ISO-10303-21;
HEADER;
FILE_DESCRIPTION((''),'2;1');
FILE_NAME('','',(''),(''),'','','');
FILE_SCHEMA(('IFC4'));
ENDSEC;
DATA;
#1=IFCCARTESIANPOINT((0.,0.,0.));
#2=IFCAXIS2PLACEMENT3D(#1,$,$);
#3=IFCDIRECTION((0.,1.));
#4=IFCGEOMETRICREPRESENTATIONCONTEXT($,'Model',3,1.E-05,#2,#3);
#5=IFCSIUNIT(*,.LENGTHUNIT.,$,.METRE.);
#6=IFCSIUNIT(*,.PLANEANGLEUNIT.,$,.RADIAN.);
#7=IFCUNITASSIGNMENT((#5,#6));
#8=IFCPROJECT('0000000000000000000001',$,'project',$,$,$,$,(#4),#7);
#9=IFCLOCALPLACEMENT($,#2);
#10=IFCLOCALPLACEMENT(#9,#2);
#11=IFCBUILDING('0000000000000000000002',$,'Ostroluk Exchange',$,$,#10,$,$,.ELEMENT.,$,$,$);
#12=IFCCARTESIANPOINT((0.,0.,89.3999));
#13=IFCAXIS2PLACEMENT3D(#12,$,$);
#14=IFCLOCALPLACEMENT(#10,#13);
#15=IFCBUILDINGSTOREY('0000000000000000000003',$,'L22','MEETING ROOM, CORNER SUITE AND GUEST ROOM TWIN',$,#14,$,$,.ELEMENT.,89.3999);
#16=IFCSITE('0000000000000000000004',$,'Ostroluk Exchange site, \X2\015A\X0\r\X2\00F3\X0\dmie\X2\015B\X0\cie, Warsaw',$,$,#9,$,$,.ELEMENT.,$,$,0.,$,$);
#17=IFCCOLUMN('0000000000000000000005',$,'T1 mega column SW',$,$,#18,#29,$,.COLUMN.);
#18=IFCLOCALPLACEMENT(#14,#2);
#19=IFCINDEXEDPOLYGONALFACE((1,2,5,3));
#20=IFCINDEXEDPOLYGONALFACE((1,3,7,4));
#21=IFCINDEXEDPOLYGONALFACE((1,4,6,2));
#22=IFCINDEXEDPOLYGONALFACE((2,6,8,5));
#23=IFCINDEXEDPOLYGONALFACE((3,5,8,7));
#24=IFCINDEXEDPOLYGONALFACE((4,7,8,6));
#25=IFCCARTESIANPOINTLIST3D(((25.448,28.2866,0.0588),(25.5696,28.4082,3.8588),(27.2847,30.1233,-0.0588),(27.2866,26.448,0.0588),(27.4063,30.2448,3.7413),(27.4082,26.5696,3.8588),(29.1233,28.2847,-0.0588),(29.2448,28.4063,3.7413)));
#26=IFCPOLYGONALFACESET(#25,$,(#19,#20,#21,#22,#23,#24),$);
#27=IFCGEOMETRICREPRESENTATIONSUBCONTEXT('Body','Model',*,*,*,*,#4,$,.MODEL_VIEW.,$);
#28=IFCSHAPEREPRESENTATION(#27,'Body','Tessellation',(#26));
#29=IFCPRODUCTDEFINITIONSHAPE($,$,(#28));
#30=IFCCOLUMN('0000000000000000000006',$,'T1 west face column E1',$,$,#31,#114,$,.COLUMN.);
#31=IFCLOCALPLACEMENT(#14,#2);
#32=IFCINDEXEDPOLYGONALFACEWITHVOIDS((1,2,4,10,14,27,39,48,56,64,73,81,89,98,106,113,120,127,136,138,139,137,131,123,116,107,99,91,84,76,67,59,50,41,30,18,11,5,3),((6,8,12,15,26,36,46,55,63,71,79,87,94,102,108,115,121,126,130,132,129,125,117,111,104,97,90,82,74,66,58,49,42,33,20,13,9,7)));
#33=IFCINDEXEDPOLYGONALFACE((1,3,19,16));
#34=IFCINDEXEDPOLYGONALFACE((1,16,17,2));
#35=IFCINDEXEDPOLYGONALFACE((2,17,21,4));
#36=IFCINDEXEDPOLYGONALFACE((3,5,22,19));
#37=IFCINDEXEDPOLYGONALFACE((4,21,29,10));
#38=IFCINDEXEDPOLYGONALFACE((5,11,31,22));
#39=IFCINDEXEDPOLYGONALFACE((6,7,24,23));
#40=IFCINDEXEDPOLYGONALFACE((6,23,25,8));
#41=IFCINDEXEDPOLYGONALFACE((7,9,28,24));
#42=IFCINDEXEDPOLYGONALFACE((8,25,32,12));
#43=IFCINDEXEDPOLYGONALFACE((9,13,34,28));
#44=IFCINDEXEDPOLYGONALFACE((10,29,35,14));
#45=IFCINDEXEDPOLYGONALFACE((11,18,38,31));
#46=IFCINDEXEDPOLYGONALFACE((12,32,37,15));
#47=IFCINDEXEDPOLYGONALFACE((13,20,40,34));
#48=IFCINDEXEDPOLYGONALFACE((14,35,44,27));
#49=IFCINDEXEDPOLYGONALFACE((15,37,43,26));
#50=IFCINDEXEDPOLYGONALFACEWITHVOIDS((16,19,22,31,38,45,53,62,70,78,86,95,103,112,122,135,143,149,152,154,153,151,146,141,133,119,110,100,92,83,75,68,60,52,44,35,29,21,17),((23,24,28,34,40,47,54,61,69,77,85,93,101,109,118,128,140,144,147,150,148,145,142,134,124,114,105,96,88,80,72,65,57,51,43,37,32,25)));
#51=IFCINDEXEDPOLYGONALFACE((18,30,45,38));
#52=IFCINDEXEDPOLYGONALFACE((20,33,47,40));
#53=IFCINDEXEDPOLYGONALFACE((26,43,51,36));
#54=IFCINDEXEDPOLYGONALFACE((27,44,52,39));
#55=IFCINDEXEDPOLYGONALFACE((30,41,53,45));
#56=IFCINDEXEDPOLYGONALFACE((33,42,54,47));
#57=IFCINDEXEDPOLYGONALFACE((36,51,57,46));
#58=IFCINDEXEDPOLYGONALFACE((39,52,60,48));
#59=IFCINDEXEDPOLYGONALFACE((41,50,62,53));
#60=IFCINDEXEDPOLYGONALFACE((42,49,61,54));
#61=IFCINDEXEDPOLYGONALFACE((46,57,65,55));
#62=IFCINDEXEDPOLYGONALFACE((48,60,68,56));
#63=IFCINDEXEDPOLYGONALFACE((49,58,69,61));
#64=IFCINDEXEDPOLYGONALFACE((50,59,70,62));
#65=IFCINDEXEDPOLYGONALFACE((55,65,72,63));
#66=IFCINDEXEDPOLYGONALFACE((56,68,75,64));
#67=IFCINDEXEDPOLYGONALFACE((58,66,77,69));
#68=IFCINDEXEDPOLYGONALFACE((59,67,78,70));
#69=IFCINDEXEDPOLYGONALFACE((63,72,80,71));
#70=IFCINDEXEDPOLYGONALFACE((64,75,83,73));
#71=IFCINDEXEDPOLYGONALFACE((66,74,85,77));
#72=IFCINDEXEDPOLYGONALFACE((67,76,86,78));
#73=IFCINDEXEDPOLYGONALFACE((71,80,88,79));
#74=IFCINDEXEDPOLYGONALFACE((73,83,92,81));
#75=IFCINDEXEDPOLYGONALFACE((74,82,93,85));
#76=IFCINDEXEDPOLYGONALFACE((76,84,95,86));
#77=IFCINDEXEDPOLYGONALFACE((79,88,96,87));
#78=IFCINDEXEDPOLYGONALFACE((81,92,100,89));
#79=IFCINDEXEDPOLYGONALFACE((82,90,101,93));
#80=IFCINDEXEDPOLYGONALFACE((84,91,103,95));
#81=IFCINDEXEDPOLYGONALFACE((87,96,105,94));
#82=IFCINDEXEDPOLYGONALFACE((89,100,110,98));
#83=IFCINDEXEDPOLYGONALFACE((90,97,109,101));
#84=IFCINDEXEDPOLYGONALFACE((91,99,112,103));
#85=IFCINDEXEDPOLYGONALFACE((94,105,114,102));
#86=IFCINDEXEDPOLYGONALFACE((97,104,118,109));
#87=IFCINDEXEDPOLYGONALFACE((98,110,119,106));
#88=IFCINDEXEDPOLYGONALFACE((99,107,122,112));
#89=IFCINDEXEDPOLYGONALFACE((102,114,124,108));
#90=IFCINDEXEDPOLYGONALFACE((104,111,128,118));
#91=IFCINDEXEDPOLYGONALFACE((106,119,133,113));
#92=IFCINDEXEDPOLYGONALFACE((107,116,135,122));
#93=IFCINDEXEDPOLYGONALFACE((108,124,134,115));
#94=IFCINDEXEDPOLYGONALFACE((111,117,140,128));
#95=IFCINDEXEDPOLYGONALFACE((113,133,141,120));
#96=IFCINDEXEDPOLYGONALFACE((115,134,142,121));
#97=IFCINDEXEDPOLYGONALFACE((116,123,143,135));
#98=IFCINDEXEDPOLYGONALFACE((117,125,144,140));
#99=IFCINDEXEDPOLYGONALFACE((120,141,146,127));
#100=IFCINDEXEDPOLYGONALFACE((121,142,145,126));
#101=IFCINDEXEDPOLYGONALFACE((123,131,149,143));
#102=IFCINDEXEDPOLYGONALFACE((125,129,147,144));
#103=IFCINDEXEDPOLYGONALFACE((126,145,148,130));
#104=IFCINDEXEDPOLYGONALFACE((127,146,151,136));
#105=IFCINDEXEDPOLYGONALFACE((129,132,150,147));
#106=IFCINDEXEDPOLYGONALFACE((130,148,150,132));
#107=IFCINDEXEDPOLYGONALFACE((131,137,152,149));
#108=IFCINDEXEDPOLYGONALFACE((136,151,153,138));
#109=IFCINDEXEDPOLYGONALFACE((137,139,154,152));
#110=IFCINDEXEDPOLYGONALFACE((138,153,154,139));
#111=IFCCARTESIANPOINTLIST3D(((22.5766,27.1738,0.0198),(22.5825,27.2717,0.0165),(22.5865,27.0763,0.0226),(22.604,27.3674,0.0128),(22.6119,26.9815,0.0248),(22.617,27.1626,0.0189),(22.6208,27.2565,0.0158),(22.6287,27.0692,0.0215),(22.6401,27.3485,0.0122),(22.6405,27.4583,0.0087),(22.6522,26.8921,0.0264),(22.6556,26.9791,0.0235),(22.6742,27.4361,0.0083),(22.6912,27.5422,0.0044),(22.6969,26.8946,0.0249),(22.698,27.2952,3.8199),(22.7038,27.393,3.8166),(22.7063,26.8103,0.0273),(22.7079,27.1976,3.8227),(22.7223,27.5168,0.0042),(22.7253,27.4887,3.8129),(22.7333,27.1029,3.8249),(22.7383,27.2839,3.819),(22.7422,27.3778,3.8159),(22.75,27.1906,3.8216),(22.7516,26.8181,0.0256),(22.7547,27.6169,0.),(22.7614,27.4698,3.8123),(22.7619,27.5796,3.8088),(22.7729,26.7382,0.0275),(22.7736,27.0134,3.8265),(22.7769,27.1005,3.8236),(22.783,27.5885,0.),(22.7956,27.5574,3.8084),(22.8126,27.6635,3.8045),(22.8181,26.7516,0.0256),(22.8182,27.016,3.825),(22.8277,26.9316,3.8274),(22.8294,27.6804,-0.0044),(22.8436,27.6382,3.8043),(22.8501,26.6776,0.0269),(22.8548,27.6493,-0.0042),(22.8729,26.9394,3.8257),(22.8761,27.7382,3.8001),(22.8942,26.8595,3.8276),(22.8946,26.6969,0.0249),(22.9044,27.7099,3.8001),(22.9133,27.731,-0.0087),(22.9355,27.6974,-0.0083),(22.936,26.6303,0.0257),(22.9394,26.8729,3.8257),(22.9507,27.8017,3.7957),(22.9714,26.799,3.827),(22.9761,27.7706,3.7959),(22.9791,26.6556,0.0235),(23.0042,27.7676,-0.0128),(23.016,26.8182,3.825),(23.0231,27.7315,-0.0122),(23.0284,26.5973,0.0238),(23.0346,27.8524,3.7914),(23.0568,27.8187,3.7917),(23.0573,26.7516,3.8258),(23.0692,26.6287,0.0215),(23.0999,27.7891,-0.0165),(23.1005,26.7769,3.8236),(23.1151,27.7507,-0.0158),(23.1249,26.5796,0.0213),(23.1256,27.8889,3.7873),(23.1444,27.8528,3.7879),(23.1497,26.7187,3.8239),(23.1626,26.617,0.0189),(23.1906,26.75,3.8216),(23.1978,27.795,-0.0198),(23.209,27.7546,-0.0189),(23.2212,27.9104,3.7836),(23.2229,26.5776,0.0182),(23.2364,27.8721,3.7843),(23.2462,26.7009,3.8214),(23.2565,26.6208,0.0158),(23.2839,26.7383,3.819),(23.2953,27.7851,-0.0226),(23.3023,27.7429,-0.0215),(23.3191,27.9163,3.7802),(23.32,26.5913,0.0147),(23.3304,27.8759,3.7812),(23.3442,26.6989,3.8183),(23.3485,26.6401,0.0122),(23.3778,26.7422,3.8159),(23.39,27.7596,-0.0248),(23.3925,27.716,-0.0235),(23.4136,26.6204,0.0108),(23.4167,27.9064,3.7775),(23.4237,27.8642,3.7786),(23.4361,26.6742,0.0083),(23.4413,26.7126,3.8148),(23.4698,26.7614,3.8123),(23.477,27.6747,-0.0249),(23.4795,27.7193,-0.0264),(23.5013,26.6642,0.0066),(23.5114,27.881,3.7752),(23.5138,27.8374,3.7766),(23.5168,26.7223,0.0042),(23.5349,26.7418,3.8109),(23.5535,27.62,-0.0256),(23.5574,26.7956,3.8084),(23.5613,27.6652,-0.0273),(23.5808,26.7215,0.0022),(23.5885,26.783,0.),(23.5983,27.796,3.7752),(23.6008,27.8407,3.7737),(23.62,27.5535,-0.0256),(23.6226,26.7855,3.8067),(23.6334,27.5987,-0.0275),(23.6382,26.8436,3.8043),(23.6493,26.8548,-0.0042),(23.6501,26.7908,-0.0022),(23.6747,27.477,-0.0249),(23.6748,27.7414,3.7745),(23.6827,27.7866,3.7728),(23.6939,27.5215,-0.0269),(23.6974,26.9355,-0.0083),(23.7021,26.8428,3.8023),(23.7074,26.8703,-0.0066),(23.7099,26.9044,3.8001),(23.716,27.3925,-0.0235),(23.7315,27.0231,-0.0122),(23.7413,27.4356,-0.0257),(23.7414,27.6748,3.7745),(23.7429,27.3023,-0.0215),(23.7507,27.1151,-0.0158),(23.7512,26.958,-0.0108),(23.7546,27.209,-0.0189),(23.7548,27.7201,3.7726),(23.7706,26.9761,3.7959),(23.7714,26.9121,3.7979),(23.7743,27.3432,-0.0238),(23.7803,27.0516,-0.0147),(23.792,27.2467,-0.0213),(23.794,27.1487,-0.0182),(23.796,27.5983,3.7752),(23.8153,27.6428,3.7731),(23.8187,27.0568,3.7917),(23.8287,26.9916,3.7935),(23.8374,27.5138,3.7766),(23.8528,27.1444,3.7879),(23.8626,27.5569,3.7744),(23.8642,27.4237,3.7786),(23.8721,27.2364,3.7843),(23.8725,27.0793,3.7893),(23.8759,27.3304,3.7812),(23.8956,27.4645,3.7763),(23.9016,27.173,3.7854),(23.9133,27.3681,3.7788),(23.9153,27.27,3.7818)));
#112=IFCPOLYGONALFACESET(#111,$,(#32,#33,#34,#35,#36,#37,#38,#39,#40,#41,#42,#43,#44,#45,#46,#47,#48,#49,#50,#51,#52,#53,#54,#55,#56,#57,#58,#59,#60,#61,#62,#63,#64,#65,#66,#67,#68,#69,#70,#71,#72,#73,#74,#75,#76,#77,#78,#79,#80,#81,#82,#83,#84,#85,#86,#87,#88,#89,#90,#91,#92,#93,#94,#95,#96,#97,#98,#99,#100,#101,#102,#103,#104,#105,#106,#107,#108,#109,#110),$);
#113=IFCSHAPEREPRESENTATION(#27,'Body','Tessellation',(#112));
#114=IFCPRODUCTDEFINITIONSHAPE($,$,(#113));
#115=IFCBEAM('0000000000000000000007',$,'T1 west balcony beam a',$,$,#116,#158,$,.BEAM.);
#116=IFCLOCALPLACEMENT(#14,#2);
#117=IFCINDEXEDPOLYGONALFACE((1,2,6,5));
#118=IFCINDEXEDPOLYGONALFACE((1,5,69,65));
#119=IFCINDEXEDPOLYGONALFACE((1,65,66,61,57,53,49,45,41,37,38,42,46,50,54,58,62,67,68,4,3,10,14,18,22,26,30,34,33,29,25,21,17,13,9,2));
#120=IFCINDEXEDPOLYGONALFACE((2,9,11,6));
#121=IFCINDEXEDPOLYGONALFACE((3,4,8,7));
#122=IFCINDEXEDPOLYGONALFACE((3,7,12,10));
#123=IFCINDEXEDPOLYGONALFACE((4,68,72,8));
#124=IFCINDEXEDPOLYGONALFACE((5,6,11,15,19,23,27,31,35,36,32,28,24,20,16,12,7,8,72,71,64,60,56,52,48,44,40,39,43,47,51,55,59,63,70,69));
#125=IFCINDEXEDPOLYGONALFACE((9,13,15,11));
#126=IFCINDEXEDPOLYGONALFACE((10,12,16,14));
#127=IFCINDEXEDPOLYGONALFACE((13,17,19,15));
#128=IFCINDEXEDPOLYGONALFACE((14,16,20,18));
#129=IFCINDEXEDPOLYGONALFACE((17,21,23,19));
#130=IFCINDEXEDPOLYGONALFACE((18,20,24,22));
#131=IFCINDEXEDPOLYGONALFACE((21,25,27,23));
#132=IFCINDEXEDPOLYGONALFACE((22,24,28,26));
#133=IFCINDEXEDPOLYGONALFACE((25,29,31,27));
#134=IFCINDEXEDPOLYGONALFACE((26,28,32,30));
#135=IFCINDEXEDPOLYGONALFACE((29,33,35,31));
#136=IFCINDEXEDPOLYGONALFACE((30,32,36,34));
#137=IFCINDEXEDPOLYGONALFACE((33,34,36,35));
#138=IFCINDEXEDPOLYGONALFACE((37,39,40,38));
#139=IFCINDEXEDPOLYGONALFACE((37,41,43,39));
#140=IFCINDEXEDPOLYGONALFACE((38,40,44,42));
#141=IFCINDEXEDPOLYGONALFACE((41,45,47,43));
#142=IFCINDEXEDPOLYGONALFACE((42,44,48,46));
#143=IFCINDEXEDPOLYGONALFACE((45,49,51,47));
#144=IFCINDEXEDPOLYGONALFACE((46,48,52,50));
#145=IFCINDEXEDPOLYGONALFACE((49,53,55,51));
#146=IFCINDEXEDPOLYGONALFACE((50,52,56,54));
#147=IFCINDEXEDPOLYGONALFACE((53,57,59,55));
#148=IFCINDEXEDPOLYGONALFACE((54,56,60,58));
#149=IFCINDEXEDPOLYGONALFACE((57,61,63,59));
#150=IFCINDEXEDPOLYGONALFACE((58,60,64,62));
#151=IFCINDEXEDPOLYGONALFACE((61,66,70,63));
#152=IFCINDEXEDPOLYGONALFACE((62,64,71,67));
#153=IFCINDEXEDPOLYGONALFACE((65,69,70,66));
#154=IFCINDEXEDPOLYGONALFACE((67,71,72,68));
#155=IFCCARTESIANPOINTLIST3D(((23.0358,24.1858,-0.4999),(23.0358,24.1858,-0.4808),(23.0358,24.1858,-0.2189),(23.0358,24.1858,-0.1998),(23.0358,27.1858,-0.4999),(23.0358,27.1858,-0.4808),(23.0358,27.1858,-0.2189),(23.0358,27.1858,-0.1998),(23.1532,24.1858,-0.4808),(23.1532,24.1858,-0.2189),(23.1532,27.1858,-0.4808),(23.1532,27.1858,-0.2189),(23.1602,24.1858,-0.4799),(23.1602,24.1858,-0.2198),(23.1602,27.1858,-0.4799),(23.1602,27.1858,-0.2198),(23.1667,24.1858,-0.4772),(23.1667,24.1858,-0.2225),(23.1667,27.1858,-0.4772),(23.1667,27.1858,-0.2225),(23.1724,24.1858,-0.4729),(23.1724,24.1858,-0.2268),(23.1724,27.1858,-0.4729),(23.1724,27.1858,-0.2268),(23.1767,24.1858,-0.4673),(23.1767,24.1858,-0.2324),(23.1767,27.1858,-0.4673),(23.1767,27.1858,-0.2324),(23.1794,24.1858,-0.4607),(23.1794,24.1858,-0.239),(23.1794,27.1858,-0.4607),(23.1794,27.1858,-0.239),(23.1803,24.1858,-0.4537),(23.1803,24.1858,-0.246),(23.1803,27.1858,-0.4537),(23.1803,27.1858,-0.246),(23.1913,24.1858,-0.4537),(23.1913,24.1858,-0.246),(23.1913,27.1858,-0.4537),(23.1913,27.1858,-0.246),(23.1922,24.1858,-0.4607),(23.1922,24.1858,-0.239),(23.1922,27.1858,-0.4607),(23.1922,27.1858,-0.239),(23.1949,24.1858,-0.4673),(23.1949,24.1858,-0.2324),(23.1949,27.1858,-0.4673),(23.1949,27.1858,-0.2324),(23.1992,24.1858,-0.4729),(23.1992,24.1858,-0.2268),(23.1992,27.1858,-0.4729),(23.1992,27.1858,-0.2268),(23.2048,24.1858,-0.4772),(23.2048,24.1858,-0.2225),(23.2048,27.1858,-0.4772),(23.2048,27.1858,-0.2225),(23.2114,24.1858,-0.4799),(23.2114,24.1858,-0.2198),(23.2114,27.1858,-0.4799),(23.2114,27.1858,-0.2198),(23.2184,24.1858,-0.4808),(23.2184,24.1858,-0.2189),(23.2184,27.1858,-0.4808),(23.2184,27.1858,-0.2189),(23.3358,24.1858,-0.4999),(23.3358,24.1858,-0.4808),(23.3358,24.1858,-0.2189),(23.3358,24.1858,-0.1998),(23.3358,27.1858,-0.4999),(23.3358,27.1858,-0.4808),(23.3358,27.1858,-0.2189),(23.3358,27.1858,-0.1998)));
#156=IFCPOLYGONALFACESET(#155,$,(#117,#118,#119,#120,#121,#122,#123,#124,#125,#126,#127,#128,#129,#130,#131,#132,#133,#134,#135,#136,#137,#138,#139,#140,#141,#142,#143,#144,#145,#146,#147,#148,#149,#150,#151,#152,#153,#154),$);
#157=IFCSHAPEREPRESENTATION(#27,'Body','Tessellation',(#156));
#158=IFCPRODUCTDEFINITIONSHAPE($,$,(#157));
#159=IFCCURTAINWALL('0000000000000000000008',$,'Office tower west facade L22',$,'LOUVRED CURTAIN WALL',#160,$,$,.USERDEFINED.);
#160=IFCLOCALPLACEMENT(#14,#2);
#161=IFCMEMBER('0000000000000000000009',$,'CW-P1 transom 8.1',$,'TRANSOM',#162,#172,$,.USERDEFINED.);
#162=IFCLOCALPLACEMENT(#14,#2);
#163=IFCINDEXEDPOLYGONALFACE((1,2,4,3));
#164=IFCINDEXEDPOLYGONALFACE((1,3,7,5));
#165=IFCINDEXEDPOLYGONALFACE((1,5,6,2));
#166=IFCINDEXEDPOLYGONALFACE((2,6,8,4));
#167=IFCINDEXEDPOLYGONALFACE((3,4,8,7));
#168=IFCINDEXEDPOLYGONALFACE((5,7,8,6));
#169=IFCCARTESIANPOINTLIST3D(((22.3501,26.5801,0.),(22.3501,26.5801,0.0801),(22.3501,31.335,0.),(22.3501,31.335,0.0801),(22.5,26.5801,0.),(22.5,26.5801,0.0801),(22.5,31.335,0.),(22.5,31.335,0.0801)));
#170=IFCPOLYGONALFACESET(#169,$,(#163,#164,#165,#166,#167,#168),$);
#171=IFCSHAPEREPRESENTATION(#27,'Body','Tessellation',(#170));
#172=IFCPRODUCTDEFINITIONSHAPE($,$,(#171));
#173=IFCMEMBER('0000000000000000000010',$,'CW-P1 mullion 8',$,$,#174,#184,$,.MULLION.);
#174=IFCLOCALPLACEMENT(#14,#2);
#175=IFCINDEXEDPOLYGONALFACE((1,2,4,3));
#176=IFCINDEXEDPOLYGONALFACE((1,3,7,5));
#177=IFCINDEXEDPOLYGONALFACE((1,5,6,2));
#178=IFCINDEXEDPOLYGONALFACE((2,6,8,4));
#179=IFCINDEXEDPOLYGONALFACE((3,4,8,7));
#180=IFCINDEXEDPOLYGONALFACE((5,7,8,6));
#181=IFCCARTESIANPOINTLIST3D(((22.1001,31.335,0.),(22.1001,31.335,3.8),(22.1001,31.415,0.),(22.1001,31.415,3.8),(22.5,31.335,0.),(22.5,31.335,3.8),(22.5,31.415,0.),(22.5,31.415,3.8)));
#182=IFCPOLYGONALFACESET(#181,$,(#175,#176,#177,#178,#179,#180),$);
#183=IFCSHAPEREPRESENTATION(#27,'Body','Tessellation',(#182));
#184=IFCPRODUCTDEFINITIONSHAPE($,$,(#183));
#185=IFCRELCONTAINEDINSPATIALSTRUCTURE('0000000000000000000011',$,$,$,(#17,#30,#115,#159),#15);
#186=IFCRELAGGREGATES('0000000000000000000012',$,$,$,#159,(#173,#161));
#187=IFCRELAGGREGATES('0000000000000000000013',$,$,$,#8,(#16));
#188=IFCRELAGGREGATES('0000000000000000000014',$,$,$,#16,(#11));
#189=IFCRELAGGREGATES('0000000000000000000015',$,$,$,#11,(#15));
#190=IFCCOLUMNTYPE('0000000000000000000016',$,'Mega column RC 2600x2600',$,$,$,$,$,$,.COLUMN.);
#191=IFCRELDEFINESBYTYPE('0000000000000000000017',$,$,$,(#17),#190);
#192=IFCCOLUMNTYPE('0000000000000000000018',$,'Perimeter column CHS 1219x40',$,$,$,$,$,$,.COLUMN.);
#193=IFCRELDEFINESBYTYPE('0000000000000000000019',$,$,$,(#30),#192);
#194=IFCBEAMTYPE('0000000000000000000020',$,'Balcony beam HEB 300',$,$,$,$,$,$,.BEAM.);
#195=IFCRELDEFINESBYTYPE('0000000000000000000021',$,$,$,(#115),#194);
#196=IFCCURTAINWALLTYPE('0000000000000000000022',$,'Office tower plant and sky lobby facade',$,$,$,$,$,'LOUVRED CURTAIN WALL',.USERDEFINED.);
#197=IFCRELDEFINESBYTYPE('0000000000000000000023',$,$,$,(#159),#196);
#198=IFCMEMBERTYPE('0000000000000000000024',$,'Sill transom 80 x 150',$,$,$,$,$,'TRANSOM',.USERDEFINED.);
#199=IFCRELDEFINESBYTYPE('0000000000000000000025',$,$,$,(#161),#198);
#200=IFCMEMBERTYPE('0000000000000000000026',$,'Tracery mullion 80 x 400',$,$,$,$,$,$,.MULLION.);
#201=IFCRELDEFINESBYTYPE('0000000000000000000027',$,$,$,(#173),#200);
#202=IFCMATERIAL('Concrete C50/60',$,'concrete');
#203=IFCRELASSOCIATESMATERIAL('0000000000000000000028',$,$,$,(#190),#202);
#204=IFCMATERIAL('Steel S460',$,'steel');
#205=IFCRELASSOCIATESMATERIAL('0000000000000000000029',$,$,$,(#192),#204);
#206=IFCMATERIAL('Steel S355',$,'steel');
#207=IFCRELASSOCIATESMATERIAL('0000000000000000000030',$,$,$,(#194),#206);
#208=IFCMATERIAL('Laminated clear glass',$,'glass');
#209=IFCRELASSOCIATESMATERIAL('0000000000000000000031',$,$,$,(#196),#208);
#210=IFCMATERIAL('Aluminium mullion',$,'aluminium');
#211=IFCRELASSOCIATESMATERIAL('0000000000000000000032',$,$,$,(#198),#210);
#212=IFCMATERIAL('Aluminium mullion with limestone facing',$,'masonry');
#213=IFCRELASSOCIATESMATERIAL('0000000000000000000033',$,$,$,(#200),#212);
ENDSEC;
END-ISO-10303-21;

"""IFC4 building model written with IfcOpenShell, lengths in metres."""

from ifc_helpers import new_model, si_unit, direction, frame, origin, origin_2d, place, context, subcontext, project, spatial, rectangle, hollow_circle, i_section, extrude, material, material_profile, profile_set, type_object, element, aggregate, save


model = new_model("IFC4")

# Units and contexts
model_context = context("Model", 3, precision=1e-05, world=origin(), true_north=direction((0.0, 1.0)))
body_context = subcontext(model_context, "Body", "Model", "MODEL_VIEW")
ifc_project = project(units=[si_unit("LENGTHUNIT", "METRE"), si_unit("PLANEANGLEUNIT", "RADIAN")], contexts=[model_context])

# Site, building, storey
site_placement = place(None, origin())
site = spatial("IfcSite", under=ifc_project, at=site_placement, Name="Ostroluk Exchange site, Śródmieście, Warsaw", CompositionType="ELEMENT", RefElevation=0.0)
building_placement = place(site_placement, origin())
building = spatial("IfcBuilding", under=site, at=building_placement, Name="Ostroluk Exchange", CompositionType="ELEMENT")
storey_placement = place(building_placement, frame((0.0, 0.0, 89.3999)))
storey = spatial("IfcBuildingStorey", under=building, at=storey_placement, Name="L22", Description="MEETING ROOM, CORNER SUITE AND GUEST ROOM TWIN", CompositionType="ELEMENT", Elevation=89.3999)

# Columns
ifc_material_1 = material(Name="Concrete C50/60", Category="concrete")
ifc_material_profile_1 = material_profile(ifc_material_1, rectangle(XDim=2.6001, YDim=2.6001, at=origin_2d()), Name="RC 2600x2600")
ifc_profile_set_1 = profile_set([ifc_material_profile_1], Name="Concrete C50/60")
column_type_1 = type_object("IfcColumnType", Name="Mega column RC 2600x2600", PredefinedType="COLUMN", material=ifc_profile_set_1)
column_1_placement = place(storey_placement, frame((27.2856, 28.2856, 0.0), z_axis=(0.031962, 0.031962, 0.998978), x_axis=(-0.707107, 0.707107, 0.0)))
element("IfcColumn", 1, at=column_1_placement, inside=storey, type_object=column_type_1, Name="T1 mega column SW", PredefinedType="COLUMN", context=body_context, shape_type="SweptSolid", body=[
    extrude(rectangle(XDim=2.6001, YDim=2.6001, at=origin_2d()), origin(), (0.0, 0.0, 1.0), 3.804),
])
ifc_material_2 = material(Name="Steel S460", Category="steel")
ifc_material_profile_2 = material_profile(ifc_material_2, hollow_circle(Radius=0.6096, WallThickness=0.04, at=origin_2d()), Name="CHS 1219x40")
ifc_profile_set_2 = profile_set([ifc_material_profile_2], Name="Steel S460")
column_type_2 = type_object("IfcColumnType", Name="Perimeter column CHS 1219x40", PredefinedType="COLUMN", material=ifc_profile_set_2)
column_2_placement = place(storey_placement, frame((23.1858, 27.1858, 0.0), z_axis=(0.031898, 0.031898, 0.998982), x_axis=(-0.707107, 0.707107, 0.0)))
element("IfcColumn", 2, at=column_2_placement, inside=storey, type_object=column_type_2, Name="T1 west face column E1", PredefinedType="COLUMN", context=body_context, shape_type="SweptSolid", body=[
    extrude(hollow_circle(Radius=0.6096, WallThickness=0.04, at=origin_2d()), origin(), (0.0, 0.0, 1.0), 3.804),
])

# Beam
ifc_material_3 = material(Name="Steel S355", Category="steel")
ifc_material_profile_3 = material_profile(ifc_material_3, i_section(OverallWidth=0.3, OverallDepth=0.3, WebThickness=0.011, FlangeThickness=0.019, FilletRadius=0.0271, at=origin_2d()), Name="HEB 300")
ifc_profile_set_3 = profile_set([ifc_material_profile_3], Name="Steel S355")
beam_type = type_object("IfcBeamType", Name="Balcony beam HEB 300", PredefinedType="BEAM", material=ifc_profile_set_3)
beam_placement = place(storey_placement, frame((23.1858, 27.1858, -0.3499), z_axis=(0.0, -1.0, 0.0), x_axis=(1.0, 0.0, 0.0)))
element("IfcBeam", 3, at=beam_placement, inside=storey, type_object=beam_type, Name="T1 west balcony beam a", PredefinedType="BEAM", context=body_context, shape_type="SweptSolid", body=[
    extrude(i_section(OverallWidth=0.3, OverallDepth=0.3, WebThickness=0.011, FlangeThickness=0.019, FilletRadius=0.0271, at=origin_2d()), origin(), (0.0, 0.0, 1.0), 3.0),
])

# Curtain wall, members
ifc_material_4 = material(Name="Laminated clear glass", Category="glass")
curtain_wall_type = type_object("IfcCurtainWallType", Name="Office tower plant and sky lobby facade", ElementType="LOUVRED CURTAIN WALL", PredefinedType="USERDEFINED", material=ifc_material_4)
curtain_wall_placement = place(storey_placement, origin())
curtain_wall = element("IfcCurtainWall", 4, at=curtain_wall_placement, inside=storey, type_object=curtain_wall_type, Name="Office tower west facade L22", ObjectType="LOUVRED CURTAIN WALL", PredefinedType="USERDEFINED")
ifc_material_5 = material(Name="Aluminium mullion", Category="aluminium")
ifc_material_profile_4 = material_profile(ifc_material_5, rectangle(XDim=0.1499, YDim=0.0801, at=origin_2d()), Name="Sill transom 80 x 150")
ifc_profile_set_4 = profile_set([ifc_material_profile_4], Name="Aluminium mullion")
member_type_1 = type_object("IfcMemberType", Name="Sill transom 80 x 150", ElementType="TRANSOM", PredefinedType="USERDEFINED", material=ifc_profile_set_4)
member_1_placement = place(storey_placement, frame((22.425, 31.335, 0.04), z_axis=(0.0, -1.0, 0.0), x_axis=(1.0, 0.0, 0.0)))
member_1 = element("IfcMember", 5, at=member_1_placement, type_object=member_type_1, Name="CW-P1 transom 8.1", ObjectType="TRANSOM", PredefinedType="USERDEFINED", context=body_context, shape_type="SweptSolid", body=[
    extrude(rectangle(XDim=0.1499, YDim=0.0801, at=origin_2d()), origin(), (0.0, 0.0, 1.0), 4.7549),
])
ifc_material_6 = material(Name="Aluminium mullion with limestone facing", Category="masonry")
ifc_material_profile_5 = material_profile(ifc_material_6, rectangle(XDim=0.3999, YDim=0.0801, at=origin_2d()), Name="Tracery mullion 80 x 400")
ifc_profile_set_5 = profile_set([ifc_material_profile_5], Name="Aluminium mullion with limestone facing")
member_type_2 = type_object("IfcMemberType", Name="Tracery mullion 80 x 400", PredefinedType="MULLION", material=ifc_profile_set_5)
member_2_placement = place(storey_placement, frame((22.3, 31.375, 0.0), z_axis=(0.0, 0.0, 1.0), x_axis=(1.0, 0.0, 0.0)))
member_2 = element("IfcMember", 6, at=member_2_placement, type_object=member_type_2, Name="CW-P1 mullion 8", PredefinedType="MULLION", context=body_context, shape_type="SweptSolid", body=[
    extrude(rectangle(XDim=0.3999, YDim=0.0801, at=origin_2d()), origin(), (0.0, 0.0, 1.0), 3.8),
])
aggregate(curtain_wall, [member_2, member_1])

save(model, "model.ifc")
